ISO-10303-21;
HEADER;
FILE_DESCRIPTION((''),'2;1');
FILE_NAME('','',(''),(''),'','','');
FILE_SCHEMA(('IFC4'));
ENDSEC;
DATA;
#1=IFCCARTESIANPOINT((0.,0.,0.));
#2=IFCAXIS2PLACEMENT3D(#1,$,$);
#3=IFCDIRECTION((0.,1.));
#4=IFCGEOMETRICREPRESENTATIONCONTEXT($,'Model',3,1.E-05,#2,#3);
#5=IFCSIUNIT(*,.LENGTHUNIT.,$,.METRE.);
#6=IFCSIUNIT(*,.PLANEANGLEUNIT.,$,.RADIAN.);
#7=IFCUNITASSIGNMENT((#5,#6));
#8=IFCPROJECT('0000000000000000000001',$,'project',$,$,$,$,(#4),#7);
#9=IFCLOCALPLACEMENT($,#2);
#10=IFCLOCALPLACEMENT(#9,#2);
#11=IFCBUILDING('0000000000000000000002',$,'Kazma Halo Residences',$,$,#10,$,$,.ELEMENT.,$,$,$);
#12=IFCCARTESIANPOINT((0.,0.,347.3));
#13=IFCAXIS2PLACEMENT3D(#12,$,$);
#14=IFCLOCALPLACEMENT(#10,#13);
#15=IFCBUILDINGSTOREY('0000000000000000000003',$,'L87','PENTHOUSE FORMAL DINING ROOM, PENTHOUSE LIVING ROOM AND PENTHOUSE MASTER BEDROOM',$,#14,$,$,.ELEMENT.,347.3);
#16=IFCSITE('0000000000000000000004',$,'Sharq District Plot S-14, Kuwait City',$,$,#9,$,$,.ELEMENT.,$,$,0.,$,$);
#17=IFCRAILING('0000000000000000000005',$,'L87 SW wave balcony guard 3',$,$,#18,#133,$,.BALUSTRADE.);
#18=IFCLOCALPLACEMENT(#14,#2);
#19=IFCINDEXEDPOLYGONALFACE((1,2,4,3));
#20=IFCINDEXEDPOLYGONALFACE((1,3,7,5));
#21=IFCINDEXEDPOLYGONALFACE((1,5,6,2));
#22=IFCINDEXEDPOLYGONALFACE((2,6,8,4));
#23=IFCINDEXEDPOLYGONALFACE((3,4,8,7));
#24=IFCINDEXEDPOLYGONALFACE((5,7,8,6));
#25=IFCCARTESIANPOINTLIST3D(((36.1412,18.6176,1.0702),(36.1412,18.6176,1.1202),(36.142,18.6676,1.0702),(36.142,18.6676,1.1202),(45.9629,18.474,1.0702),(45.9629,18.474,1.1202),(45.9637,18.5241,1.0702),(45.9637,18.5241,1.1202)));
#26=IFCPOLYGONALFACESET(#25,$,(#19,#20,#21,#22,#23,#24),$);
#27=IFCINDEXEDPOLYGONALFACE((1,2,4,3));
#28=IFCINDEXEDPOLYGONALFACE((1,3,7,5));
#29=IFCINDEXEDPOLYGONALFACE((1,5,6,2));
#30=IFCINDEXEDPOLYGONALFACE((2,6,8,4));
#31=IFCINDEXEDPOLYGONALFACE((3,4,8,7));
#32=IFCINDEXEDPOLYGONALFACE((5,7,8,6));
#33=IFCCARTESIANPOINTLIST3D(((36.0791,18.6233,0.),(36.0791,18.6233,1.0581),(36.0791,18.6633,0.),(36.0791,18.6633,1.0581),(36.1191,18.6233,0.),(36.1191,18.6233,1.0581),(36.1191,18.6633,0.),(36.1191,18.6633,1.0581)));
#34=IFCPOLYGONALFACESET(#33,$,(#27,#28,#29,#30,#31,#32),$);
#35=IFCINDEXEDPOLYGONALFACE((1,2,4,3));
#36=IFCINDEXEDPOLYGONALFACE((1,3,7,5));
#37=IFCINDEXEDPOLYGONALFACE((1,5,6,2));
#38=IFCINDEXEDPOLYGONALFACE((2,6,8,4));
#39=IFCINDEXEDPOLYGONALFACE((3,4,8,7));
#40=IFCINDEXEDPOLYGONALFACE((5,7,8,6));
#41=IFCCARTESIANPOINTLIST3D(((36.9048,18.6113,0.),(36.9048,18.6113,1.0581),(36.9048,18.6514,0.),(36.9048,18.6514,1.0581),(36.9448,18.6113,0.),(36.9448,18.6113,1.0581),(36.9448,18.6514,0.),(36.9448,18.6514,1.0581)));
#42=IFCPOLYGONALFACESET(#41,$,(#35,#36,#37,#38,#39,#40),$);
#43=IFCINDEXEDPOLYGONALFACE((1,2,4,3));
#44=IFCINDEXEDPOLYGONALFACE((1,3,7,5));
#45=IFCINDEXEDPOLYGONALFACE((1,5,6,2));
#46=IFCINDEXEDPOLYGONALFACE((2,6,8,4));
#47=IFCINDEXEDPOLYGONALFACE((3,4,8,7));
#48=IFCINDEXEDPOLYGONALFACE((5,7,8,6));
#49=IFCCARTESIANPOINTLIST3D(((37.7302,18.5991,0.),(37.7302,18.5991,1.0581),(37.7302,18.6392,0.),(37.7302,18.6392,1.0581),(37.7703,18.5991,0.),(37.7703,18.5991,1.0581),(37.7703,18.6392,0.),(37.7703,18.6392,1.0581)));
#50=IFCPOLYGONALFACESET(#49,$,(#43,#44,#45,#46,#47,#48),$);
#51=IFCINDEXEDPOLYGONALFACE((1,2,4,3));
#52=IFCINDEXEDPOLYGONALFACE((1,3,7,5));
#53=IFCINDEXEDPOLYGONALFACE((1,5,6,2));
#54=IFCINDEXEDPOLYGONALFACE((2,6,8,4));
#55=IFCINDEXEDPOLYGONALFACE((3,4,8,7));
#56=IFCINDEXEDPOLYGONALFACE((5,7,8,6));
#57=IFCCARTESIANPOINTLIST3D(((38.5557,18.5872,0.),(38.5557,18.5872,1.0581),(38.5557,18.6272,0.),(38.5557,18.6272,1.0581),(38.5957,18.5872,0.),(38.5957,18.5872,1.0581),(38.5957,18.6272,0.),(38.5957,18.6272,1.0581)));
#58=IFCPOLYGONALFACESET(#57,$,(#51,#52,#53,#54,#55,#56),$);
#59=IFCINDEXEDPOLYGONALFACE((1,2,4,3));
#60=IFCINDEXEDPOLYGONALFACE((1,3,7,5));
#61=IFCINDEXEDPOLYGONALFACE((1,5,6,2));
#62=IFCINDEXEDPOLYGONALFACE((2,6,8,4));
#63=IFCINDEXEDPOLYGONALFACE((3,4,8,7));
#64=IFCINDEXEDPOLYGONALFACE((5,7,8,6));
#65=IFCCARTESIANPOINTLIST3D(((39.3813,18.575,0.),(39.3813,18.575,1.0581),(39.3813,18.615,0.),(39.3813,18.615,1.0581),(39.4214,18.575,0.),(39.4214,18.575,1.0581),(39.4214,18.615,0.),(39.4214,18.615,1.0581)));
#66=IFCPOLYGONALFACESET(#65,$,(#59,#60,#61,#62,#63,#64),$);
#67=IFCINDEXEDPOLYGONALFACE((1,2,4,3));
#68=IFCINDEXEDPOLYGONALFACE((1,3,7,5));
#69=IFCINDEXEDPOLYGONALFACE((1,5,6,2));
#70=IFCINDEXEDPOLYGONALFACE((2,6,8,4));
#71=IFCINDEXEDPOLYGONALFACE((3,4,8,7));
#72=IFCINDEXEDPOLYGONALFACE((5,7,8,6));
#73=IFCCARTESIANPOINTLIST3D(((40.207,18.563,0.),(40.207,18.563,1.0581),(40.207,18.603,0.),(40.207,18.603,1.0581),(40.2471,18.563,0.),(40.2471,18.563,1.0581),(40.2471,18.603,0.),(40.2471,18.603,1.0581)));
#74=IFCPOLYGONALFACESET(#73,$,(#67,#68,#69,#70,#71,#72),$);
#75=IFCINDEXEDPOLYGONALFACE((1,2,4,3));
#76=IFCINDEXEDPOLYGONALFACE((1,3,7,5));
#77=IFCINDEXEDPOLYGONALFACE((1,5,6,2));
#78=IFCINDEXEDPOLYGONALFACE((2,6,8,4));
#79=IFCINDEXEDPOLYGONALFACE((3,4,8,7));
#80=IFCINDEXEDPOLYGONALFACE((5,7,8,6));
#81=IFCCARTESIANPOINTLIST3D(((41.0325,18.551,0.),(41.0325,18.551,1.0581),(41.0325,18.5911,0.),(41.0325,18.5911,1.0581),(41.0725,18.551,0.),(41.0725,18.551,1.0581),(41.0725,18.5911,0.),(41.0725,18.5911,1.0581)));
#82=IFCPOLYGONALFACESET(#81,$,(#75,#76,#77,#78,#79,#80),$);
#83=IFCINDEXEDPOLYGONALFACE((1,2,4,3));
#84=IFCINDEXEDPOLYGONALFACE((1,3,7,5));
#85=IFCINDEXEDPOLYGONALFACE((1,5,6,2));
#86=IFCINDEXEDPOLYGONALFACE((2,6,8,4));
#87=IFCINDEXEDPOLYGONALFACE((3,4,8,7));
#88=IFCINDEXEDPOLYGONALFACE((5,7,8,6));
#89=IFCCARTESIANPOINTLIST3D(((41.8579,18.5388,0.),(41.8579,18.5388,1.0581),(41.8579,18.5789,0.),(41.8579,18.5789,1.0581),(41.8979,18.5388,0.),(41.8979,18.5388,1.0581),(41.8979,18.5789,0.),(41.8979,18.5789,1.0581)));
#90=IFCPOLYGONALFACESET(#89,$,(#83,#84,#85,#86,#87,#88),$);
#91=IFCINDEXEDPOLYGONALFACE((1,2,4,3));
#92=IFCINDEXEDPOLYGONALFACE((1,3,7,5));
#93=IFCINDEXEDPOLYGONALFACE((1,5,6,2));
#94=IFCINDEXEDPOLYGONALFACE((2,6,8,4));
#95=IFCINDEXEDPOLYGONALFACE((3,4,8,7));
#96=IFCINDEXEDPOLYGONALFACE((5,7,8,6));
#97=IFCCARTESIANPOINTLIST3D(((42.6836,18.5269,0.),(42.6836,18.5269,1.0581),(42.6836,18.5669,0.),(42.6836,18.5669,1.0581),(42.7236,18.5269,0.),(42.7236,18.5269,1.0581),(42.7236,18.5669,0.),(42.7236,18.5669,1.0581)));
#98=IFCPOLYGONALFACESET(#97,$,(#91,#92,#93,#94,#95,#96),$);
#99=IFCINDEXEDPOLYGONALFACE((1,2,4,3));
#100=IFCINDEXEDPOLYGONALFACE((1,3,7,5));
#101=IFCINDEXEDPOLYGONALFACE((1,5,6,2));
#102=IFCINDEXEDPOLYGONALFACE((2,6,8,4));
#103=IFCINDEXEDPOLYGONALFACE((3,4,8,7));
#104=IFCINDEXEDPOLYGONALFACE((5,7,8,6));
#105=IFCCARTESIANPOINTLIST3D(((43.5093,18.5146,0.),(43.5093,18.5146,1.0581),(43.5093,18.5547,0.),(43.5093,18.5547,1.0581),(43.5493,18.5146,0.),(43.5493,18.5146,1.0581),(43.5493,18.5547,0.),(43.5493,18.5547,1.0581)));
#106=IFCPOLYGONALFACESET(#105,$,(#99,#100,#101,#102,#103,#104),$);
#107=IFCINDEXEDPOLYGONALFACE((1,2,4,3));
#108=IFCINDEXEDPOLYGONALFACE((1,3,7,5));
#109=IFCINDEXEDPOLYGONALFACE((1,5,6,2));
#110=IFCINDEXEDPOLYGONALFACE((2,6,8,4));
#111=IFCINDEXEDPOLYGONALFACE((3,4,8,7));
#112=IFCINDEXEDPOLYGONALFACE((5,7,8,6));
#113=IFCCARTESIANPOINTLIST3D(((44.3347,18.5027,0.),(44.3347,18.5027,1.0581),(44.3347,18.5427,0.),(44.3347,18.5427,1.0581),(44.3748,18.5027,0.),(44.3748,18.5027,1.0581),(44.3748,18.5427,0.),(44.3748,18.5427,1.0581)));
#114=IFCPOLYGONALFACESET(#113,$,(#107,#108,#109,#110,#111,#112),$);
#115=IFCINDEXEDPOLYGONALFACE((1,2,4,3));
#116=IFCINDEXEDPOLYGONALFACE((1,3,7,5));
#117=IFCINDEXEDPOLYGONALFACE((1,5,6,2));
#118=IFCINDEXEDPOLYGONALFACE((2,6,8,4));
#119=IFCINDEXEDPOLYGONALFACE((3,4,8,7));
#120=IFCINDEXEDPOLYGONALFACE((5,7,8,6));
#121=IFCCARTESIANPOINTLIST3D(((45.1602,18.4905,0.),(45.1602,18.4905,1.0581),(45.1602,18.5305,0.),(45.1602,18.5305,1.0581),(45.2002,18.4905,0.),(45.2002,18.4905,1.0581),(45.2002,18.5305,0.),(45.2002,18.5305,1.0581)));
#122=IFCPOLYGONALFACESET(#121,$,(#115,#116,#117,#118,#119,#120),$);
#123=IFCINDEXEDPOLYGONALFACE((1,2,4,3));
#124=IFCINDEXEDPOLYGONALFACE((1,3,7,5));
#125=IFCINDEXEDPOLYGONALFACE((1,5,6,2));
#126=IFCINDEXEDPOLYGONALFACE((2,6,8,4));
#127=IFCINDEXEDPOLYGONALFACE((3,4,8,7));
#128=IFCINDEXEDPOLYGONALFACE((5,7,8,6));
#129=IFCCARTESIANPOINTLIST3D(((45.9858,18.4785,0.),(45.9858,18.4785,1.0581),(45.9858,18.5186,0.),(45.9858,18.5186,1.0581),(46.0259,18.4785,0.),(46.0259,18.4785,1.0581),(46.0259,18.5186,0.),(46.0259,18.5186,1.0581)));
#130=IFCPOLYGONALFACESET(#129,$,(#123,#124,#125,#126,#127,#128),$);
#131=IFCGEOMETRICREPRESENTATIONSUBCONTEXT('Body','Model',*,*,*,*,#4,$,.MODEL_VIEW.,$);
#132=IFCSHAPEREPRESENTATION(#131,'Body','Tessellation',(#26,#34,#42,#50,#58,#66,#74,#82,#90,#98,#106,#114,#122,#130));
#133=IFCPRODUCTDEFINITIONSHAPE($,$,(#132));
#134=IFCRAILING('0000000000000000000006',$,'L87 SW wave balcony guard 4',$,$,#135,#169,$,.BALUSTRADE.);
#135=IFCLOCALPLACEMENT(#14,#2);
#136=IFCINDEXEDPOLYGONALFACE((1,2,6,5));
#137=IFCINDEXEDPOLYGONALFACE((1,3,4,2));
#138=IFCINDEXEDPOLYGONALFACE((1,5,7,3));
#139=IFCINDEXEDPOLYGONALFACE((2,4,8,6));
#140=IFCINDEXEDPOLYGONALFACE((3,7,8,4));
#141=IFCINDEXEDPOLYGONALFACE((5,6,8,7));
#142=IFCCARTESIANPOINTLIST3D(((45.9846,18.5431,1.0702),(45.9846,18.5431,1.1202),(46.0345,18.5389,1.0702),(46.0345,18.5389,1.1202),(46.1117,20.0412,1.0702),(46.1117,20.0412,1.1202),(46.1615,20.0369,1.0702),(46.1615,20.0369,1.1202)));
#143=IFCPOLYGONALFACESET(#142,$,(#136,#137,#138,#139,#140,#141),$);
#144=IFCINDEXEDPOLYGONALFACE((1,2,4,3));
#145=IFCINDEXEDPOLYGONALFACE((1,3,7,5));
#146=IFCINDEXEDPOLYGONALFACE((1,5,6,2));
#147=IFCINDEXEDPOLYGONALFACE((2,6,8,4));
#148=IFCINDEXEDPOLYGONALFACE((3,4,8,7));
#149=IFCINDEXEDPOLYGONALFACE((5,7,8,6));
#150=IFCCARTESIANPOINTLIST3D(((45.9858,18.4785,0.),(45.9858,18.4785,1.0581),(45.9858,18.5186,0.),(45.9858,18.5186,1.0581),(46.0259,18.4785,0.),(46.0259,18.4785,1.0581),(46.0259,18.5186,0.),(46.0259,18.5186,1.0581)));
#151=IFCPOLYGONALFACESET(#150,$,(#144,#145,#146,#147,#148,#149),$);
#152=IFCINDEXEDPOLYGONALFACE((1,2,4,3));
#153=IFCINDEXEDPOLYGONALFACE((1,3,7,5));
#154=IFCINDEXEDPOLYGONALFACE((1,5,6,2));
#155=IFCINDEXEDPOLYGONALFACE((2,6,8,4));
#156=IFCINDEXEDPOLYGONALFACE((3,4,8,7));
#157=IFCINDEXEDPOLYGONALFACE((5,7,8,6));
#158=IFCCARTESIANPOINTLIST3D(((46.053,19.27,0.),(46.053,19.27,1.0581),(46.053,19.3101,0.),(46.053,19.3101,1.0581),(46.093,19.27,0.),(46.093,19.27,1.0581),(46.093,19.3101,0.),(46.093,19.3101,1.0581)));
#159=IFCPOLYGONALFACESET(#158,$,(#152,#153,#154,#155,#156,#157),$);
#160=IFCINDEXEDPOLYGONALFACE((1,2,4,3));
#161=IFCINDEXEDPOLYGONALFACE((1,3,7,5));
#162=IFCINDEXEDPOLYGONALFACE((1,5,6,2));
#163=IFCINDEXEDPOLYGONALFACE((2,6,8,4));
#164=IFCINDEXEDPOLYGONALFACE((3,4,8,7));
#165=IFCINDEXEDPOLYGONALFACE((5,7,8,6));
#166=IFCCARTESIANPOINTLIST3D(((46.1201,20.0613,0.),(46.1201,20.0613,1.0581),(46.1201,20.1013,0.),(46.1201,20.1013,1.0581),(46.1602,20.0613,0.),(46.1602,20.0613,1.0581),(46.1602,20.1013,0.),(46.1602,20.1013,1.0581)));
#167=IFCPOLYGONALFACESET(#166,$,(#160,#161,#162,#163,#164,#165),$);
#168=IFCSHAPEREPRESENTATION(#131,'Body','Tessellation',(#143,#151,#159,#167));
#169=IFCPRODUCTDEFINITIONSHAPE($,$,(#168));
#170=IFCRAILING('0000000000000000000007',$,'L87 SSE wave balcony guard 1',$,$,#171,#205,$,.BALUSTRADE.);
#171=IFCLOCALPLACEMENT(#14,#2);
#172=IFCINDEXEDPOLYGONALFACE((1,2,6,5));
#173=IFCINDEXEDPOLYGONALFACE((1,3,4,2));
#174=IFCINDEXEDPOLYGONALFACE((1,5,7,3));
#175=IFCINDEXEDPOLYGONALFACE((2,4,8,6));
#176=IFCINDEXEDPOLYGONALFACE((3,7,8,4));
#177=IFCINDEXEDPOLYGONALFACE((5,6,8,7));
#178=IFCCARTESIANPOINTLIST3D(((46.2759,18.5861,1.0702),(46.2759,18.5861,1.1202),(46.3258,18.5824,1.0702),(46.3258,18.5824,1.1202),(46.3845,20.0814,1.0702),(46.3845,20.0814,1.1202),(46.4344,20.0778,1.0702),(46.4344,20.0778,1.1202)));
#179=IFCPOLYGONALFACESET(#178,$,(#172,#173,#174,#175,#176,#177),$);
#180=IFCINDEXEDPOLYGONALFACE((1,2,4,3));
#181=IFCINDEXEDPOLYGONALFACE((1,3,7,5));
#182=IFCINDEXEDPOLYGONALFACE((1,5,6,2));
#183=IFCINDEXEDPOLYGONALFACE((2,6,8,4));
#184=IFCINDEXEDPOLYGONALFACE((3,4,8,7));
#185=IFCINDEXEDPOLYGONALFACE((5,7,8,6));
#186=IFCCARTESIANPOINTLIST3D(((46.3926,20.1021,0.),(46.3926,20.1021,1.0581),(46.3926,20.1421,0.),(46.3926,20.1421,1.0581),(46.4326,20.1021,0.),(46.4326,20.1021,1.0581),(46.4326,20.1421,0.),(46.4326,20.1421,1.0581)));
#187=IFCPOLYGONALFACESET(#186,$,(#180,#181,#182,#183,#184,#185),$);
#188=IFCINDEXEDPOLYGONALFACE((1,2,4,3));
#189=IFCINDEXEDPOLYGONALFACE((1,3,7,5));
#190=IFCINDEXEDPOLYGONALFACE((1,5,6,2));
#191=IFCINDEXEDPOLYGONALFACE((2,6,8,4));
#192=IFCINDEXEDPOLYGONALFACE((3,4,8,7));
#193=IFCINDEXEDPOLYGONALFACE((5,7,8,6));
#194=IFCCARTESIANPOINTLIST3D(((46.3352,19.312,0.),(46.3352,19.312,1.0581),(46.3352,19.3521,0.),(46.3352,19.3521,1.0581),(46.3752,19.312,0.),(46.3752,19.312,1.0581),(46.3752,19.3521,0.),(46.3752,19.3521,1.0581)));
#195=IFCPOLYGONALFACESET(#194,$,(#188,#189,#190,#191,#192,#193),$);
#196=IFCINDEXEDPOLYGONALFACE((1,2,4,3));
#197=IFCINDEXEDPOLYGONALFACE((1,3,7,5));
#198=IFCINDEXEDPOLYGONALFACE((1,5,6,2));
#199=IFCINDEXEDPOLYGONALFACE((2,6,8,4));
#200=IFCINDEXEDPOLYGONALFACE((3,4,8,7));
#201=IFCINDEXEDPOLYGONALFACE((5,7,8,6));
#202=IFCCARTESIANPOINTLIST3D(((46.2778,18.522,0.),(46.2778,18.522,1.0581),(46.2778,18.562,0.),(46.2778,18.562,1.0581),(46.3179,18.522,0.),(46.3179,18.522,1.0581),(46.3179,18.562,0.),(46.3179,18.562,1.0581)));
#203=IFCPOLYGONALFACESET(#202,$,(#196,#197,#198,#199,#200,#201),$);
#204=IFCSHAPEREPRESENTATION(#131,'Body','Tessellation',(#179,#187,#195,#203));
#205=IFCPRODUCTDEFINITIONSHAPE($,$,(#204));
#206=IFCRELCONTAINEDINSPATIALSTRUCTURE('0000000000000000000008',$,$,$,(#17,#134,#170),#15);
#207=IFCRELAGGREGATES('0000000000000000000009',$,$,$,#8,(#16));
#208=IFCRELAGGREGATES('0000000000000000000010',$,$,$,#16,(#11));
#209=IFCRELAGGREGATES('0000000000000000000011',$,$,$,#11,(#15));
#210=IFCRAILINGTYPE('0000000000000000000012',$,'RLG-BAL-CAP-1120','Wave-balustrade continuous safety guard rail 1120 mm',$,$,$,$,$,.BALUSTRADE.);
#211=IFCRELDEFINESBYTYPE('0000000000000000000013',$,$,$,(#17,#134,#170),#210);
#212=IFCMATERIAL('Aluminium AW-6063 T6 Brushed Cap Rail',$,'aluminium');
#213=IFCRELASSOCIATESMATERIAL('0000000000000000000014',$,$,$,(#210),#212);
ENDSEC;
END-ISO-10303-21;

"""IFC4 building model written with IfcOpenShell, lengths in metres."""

from ifc_helpers import new_model, si_unit, direction, frame, origin, origin_2d, place, context, subcontext, project, spatial, rectangle, extrude, material, type_object, element, save


model = new_model("IFC4")

# Units and contexts
model_context = context("Model", 3, precision=1e-05, world=origin(), true_north=direction((0.0, 1.0)))
body_context = subcontext(model_context, "Body", "Model", "MODEL_VIEW")
ifc_project = project(units=[si_unit("LENGTHUNIT", "METRE"), si_unit("PLANEANGLEUNIT", "RADIAN")], contexts=[model_context])

# Site, building, storey
site_placement = place(None, origin())
site = spatial("IfcSite", under=ifc_project, at=site_placement, Name="Sharq District Plot S-14, Kuwait City", CompositionType="ELEMENT", RefElevation=0.0)
building_placement = place(site_placement, origin())
building = spatial("IfcBuilding", under=site, at=building_placement, Name="Kazma Halo Residences", CompositionType="ELEMENT")
storey_placement = place(building_placement, frame((0.0, 0.0, 347.3)))
storey = spatial("IfcBuildingStorey", under=building, at=storey_placement, Name="L87", Description="PENTHOUSE FORMAL DINING ROOM, PENTHOUSE LIVING ROOM AND PENTHOUSE MASTER BEDROOM", CompositionType="ELEMENT", Elevation=347.3)

# Railings
ifc_material_1 = material(Name="Aluminium AW-6063 T6 Brushed Cap Rail", Category="aluminium")
railing_type = type_object("IfcRailingType", Name="RLG-BAL-CAP-1120", Description="Wave-balustrade continuous safety guard rail 1120 mm", PredefinedType="BALUSTRADE", material=ifc_material_1)
railing_1_placement = place(storey_placement, frame((36.0991, 18.6433, 0.0)))
element("IfcRailing", 1, at=railing_1_placement, inside=storey, type_object=railing_type, Name="L87 SW wave balcony guard 3", PredefinedType="BALUSTRADE", context=body_context, shape_type="SweptSolid", body=[
    extrude(rectangle(XDim=0.05, YDim=0.05, at=origin_2d()), frame((0.0425, -0.0007, 1.0952), z_axis=(0.999893, -0.014612, 0.0), x_axis=(0.014612, 0.999893, 0.0)), (0.0, 0.0, 1.0), 9.8228),
    extrude(rectangle(XDim=0.04, YDim=0.04, at=origin_2d()), origin(), (0.0, 0.0, 1.0), 1.0581),
    extrude(rectangle(XDim=0.04, YDim=0.04, at=origin_2d()), frame((0.8257, -0.012, 0.0)), (0.0, 0.0, 1.0), 1.0581),
    extrude(rectangle(XDim=0.04, YDim=0.04, at=origin_2d()), frame((1.6511, -0.0242, 0.0)), (0.0, 0.0, 1.0), 1.0581),
    extrude(rectangle(XDim=0.04, YDim=0.04, at=origin_2d()), frame((2.4766, -0.0361, 0.0)), (0.0, 0.0, 1.0), 1.0581),
    extrude(rectangle(XDim=0.04, YDim=0.04, at=origin_2d()), frame((3.3022, -0.0483, 0.0)), (0.0, 0.0, 1.0), 1.0581),
    extrude(rectangle(XDim=0.04, YDim=0.04, at=origin_2d()), frame((4.1279, -0.0603, 0.0)), (0.0, 0.0, 1.0), 1.0581),
    extrude(rectangle(XDim=0.04, YDim=0.04, at=origin_2d()), frame((4.9534, -0.0723, 0.0)), (0.0, 0.0, 1.0), 1.0581),
    extrude(rectangle(XDim=0.04, YDim=0.04, at=origin_2d()), frame((5.7788, -0.0845, 0.0)), (0.0, 0.0, 1.0), 1.0581),
    extrude(rectangle(XDim=0.04, YDim=0.04, at=origin_2d()), frame((6.6045, -0.0964, 0.0)), (0.0, 0.0, 1.0), 1.0581),
    extrude(rectangle(XDim=0.04, YDim=0.04, at=origin_2d()), frame((7.4302, -0.1086, 0.0)), (0.0, 0.0, 1.0), 1.0581),
    extrude(rectangle(XDim=0.04, YDim=0.04, at=origin_2d()), frame((8.2556, -0.1206, 0.0)), (0.0, 0.0, 1.0), 1.0581),
    extrude(rectangle(XDim=0.04, YDim=0.04, at=origin_2d()), frame((9.0811, -0.1328, 0.0)), (0.0, 0.0, 1.0), 1.0581),
    extrude(rectangle(XDim=0.04, YDim=0.04, at=origin_2d()), frame((9.9067, -0.1448, 0.0)), (0.0, 0.0, 1.0), 1.0581),
])
railing_2_placement = place(storey_placement, frame((46.0059, 18.4985, 0.0)))
element("IfcRailing", 2, at=railing_2_placement, inside=storey, type_object=railing_type, Name="L87 SW wave balcony guard 4", PredefinedType="BALUSTRADE", context=body_context, shape_type="SweptSolid", body=[
    extrude(rectangle(XDim=0.05, YDim=0.05, at=origin_2d()), frame((0.0037, 0.0425, 1.0952), z_axis=(0.084534, 0.996421, 0.0), x_axis=(-0.996421, 0.084534, 0.0)), (0.0, 0.0, 1.0), 1.5034),
    extrude(rectangle(XDim=0.04, YDim=0.04, at=origin_2d()), origin(), (0.0, 0.0, 1.0), 1.0581),
    extrude(rectangle(XDim=0.04, YDim=0.04, at=origin_2d()), frame((0.0671, 0.7915, 0.0)), (0.0, 0.0, 1.0), 1.0581),
    extrude(rectangle(XDim=0.04, YDim=0.04, at=origin_2d()), frame((0.1343, 1.5828, 0.0)), (0.0, 0.0, 1.0), 1.0581),
])
railing_3_placement = place(storey_placement, frame((46.4126, 20.1221, 0.0)))
element("IfcRailing", 3, at=railing_3_placement, inside=storey, type_object=railing_type, Name="L87 SSE wave balcony guard 1", PredefinedType="BALUSTRADE", context=body_context, shape_type="SweptSolid", body=[
    extrude(rectangle(XDim=0.05, YDim=0.05, at=origin_2d()), frame((-0.0032, -0.0425, 1.0952), z_axis=(-0.07243, -0.997374, 0.0), x_axis=(0.997374, -0.07243, 0.0)), (0.0, 0.0, 1.0), 1.4993),
    extrude(rectangle(XDim=0.04, YDim=0.04, at=origin_2d()), origin(), (0.0, 0.0, 1.0), 1.0581),
    extrude(rectangle(XDim=0.04, YDim=0.04, at=origin_2d()), frame((-0.0574, -0.79, 0.0)), (0.0, 0.0, 1.0), 1.0581),
    extrude(rectangle(XDim=0.04, YDim=0.04, at=origin_2d()), frame((-0.1147, -1.5801, 0.0)), (0.0, 0.0, 1.0), 1.0581),
])

save(model, "model.ifc")
